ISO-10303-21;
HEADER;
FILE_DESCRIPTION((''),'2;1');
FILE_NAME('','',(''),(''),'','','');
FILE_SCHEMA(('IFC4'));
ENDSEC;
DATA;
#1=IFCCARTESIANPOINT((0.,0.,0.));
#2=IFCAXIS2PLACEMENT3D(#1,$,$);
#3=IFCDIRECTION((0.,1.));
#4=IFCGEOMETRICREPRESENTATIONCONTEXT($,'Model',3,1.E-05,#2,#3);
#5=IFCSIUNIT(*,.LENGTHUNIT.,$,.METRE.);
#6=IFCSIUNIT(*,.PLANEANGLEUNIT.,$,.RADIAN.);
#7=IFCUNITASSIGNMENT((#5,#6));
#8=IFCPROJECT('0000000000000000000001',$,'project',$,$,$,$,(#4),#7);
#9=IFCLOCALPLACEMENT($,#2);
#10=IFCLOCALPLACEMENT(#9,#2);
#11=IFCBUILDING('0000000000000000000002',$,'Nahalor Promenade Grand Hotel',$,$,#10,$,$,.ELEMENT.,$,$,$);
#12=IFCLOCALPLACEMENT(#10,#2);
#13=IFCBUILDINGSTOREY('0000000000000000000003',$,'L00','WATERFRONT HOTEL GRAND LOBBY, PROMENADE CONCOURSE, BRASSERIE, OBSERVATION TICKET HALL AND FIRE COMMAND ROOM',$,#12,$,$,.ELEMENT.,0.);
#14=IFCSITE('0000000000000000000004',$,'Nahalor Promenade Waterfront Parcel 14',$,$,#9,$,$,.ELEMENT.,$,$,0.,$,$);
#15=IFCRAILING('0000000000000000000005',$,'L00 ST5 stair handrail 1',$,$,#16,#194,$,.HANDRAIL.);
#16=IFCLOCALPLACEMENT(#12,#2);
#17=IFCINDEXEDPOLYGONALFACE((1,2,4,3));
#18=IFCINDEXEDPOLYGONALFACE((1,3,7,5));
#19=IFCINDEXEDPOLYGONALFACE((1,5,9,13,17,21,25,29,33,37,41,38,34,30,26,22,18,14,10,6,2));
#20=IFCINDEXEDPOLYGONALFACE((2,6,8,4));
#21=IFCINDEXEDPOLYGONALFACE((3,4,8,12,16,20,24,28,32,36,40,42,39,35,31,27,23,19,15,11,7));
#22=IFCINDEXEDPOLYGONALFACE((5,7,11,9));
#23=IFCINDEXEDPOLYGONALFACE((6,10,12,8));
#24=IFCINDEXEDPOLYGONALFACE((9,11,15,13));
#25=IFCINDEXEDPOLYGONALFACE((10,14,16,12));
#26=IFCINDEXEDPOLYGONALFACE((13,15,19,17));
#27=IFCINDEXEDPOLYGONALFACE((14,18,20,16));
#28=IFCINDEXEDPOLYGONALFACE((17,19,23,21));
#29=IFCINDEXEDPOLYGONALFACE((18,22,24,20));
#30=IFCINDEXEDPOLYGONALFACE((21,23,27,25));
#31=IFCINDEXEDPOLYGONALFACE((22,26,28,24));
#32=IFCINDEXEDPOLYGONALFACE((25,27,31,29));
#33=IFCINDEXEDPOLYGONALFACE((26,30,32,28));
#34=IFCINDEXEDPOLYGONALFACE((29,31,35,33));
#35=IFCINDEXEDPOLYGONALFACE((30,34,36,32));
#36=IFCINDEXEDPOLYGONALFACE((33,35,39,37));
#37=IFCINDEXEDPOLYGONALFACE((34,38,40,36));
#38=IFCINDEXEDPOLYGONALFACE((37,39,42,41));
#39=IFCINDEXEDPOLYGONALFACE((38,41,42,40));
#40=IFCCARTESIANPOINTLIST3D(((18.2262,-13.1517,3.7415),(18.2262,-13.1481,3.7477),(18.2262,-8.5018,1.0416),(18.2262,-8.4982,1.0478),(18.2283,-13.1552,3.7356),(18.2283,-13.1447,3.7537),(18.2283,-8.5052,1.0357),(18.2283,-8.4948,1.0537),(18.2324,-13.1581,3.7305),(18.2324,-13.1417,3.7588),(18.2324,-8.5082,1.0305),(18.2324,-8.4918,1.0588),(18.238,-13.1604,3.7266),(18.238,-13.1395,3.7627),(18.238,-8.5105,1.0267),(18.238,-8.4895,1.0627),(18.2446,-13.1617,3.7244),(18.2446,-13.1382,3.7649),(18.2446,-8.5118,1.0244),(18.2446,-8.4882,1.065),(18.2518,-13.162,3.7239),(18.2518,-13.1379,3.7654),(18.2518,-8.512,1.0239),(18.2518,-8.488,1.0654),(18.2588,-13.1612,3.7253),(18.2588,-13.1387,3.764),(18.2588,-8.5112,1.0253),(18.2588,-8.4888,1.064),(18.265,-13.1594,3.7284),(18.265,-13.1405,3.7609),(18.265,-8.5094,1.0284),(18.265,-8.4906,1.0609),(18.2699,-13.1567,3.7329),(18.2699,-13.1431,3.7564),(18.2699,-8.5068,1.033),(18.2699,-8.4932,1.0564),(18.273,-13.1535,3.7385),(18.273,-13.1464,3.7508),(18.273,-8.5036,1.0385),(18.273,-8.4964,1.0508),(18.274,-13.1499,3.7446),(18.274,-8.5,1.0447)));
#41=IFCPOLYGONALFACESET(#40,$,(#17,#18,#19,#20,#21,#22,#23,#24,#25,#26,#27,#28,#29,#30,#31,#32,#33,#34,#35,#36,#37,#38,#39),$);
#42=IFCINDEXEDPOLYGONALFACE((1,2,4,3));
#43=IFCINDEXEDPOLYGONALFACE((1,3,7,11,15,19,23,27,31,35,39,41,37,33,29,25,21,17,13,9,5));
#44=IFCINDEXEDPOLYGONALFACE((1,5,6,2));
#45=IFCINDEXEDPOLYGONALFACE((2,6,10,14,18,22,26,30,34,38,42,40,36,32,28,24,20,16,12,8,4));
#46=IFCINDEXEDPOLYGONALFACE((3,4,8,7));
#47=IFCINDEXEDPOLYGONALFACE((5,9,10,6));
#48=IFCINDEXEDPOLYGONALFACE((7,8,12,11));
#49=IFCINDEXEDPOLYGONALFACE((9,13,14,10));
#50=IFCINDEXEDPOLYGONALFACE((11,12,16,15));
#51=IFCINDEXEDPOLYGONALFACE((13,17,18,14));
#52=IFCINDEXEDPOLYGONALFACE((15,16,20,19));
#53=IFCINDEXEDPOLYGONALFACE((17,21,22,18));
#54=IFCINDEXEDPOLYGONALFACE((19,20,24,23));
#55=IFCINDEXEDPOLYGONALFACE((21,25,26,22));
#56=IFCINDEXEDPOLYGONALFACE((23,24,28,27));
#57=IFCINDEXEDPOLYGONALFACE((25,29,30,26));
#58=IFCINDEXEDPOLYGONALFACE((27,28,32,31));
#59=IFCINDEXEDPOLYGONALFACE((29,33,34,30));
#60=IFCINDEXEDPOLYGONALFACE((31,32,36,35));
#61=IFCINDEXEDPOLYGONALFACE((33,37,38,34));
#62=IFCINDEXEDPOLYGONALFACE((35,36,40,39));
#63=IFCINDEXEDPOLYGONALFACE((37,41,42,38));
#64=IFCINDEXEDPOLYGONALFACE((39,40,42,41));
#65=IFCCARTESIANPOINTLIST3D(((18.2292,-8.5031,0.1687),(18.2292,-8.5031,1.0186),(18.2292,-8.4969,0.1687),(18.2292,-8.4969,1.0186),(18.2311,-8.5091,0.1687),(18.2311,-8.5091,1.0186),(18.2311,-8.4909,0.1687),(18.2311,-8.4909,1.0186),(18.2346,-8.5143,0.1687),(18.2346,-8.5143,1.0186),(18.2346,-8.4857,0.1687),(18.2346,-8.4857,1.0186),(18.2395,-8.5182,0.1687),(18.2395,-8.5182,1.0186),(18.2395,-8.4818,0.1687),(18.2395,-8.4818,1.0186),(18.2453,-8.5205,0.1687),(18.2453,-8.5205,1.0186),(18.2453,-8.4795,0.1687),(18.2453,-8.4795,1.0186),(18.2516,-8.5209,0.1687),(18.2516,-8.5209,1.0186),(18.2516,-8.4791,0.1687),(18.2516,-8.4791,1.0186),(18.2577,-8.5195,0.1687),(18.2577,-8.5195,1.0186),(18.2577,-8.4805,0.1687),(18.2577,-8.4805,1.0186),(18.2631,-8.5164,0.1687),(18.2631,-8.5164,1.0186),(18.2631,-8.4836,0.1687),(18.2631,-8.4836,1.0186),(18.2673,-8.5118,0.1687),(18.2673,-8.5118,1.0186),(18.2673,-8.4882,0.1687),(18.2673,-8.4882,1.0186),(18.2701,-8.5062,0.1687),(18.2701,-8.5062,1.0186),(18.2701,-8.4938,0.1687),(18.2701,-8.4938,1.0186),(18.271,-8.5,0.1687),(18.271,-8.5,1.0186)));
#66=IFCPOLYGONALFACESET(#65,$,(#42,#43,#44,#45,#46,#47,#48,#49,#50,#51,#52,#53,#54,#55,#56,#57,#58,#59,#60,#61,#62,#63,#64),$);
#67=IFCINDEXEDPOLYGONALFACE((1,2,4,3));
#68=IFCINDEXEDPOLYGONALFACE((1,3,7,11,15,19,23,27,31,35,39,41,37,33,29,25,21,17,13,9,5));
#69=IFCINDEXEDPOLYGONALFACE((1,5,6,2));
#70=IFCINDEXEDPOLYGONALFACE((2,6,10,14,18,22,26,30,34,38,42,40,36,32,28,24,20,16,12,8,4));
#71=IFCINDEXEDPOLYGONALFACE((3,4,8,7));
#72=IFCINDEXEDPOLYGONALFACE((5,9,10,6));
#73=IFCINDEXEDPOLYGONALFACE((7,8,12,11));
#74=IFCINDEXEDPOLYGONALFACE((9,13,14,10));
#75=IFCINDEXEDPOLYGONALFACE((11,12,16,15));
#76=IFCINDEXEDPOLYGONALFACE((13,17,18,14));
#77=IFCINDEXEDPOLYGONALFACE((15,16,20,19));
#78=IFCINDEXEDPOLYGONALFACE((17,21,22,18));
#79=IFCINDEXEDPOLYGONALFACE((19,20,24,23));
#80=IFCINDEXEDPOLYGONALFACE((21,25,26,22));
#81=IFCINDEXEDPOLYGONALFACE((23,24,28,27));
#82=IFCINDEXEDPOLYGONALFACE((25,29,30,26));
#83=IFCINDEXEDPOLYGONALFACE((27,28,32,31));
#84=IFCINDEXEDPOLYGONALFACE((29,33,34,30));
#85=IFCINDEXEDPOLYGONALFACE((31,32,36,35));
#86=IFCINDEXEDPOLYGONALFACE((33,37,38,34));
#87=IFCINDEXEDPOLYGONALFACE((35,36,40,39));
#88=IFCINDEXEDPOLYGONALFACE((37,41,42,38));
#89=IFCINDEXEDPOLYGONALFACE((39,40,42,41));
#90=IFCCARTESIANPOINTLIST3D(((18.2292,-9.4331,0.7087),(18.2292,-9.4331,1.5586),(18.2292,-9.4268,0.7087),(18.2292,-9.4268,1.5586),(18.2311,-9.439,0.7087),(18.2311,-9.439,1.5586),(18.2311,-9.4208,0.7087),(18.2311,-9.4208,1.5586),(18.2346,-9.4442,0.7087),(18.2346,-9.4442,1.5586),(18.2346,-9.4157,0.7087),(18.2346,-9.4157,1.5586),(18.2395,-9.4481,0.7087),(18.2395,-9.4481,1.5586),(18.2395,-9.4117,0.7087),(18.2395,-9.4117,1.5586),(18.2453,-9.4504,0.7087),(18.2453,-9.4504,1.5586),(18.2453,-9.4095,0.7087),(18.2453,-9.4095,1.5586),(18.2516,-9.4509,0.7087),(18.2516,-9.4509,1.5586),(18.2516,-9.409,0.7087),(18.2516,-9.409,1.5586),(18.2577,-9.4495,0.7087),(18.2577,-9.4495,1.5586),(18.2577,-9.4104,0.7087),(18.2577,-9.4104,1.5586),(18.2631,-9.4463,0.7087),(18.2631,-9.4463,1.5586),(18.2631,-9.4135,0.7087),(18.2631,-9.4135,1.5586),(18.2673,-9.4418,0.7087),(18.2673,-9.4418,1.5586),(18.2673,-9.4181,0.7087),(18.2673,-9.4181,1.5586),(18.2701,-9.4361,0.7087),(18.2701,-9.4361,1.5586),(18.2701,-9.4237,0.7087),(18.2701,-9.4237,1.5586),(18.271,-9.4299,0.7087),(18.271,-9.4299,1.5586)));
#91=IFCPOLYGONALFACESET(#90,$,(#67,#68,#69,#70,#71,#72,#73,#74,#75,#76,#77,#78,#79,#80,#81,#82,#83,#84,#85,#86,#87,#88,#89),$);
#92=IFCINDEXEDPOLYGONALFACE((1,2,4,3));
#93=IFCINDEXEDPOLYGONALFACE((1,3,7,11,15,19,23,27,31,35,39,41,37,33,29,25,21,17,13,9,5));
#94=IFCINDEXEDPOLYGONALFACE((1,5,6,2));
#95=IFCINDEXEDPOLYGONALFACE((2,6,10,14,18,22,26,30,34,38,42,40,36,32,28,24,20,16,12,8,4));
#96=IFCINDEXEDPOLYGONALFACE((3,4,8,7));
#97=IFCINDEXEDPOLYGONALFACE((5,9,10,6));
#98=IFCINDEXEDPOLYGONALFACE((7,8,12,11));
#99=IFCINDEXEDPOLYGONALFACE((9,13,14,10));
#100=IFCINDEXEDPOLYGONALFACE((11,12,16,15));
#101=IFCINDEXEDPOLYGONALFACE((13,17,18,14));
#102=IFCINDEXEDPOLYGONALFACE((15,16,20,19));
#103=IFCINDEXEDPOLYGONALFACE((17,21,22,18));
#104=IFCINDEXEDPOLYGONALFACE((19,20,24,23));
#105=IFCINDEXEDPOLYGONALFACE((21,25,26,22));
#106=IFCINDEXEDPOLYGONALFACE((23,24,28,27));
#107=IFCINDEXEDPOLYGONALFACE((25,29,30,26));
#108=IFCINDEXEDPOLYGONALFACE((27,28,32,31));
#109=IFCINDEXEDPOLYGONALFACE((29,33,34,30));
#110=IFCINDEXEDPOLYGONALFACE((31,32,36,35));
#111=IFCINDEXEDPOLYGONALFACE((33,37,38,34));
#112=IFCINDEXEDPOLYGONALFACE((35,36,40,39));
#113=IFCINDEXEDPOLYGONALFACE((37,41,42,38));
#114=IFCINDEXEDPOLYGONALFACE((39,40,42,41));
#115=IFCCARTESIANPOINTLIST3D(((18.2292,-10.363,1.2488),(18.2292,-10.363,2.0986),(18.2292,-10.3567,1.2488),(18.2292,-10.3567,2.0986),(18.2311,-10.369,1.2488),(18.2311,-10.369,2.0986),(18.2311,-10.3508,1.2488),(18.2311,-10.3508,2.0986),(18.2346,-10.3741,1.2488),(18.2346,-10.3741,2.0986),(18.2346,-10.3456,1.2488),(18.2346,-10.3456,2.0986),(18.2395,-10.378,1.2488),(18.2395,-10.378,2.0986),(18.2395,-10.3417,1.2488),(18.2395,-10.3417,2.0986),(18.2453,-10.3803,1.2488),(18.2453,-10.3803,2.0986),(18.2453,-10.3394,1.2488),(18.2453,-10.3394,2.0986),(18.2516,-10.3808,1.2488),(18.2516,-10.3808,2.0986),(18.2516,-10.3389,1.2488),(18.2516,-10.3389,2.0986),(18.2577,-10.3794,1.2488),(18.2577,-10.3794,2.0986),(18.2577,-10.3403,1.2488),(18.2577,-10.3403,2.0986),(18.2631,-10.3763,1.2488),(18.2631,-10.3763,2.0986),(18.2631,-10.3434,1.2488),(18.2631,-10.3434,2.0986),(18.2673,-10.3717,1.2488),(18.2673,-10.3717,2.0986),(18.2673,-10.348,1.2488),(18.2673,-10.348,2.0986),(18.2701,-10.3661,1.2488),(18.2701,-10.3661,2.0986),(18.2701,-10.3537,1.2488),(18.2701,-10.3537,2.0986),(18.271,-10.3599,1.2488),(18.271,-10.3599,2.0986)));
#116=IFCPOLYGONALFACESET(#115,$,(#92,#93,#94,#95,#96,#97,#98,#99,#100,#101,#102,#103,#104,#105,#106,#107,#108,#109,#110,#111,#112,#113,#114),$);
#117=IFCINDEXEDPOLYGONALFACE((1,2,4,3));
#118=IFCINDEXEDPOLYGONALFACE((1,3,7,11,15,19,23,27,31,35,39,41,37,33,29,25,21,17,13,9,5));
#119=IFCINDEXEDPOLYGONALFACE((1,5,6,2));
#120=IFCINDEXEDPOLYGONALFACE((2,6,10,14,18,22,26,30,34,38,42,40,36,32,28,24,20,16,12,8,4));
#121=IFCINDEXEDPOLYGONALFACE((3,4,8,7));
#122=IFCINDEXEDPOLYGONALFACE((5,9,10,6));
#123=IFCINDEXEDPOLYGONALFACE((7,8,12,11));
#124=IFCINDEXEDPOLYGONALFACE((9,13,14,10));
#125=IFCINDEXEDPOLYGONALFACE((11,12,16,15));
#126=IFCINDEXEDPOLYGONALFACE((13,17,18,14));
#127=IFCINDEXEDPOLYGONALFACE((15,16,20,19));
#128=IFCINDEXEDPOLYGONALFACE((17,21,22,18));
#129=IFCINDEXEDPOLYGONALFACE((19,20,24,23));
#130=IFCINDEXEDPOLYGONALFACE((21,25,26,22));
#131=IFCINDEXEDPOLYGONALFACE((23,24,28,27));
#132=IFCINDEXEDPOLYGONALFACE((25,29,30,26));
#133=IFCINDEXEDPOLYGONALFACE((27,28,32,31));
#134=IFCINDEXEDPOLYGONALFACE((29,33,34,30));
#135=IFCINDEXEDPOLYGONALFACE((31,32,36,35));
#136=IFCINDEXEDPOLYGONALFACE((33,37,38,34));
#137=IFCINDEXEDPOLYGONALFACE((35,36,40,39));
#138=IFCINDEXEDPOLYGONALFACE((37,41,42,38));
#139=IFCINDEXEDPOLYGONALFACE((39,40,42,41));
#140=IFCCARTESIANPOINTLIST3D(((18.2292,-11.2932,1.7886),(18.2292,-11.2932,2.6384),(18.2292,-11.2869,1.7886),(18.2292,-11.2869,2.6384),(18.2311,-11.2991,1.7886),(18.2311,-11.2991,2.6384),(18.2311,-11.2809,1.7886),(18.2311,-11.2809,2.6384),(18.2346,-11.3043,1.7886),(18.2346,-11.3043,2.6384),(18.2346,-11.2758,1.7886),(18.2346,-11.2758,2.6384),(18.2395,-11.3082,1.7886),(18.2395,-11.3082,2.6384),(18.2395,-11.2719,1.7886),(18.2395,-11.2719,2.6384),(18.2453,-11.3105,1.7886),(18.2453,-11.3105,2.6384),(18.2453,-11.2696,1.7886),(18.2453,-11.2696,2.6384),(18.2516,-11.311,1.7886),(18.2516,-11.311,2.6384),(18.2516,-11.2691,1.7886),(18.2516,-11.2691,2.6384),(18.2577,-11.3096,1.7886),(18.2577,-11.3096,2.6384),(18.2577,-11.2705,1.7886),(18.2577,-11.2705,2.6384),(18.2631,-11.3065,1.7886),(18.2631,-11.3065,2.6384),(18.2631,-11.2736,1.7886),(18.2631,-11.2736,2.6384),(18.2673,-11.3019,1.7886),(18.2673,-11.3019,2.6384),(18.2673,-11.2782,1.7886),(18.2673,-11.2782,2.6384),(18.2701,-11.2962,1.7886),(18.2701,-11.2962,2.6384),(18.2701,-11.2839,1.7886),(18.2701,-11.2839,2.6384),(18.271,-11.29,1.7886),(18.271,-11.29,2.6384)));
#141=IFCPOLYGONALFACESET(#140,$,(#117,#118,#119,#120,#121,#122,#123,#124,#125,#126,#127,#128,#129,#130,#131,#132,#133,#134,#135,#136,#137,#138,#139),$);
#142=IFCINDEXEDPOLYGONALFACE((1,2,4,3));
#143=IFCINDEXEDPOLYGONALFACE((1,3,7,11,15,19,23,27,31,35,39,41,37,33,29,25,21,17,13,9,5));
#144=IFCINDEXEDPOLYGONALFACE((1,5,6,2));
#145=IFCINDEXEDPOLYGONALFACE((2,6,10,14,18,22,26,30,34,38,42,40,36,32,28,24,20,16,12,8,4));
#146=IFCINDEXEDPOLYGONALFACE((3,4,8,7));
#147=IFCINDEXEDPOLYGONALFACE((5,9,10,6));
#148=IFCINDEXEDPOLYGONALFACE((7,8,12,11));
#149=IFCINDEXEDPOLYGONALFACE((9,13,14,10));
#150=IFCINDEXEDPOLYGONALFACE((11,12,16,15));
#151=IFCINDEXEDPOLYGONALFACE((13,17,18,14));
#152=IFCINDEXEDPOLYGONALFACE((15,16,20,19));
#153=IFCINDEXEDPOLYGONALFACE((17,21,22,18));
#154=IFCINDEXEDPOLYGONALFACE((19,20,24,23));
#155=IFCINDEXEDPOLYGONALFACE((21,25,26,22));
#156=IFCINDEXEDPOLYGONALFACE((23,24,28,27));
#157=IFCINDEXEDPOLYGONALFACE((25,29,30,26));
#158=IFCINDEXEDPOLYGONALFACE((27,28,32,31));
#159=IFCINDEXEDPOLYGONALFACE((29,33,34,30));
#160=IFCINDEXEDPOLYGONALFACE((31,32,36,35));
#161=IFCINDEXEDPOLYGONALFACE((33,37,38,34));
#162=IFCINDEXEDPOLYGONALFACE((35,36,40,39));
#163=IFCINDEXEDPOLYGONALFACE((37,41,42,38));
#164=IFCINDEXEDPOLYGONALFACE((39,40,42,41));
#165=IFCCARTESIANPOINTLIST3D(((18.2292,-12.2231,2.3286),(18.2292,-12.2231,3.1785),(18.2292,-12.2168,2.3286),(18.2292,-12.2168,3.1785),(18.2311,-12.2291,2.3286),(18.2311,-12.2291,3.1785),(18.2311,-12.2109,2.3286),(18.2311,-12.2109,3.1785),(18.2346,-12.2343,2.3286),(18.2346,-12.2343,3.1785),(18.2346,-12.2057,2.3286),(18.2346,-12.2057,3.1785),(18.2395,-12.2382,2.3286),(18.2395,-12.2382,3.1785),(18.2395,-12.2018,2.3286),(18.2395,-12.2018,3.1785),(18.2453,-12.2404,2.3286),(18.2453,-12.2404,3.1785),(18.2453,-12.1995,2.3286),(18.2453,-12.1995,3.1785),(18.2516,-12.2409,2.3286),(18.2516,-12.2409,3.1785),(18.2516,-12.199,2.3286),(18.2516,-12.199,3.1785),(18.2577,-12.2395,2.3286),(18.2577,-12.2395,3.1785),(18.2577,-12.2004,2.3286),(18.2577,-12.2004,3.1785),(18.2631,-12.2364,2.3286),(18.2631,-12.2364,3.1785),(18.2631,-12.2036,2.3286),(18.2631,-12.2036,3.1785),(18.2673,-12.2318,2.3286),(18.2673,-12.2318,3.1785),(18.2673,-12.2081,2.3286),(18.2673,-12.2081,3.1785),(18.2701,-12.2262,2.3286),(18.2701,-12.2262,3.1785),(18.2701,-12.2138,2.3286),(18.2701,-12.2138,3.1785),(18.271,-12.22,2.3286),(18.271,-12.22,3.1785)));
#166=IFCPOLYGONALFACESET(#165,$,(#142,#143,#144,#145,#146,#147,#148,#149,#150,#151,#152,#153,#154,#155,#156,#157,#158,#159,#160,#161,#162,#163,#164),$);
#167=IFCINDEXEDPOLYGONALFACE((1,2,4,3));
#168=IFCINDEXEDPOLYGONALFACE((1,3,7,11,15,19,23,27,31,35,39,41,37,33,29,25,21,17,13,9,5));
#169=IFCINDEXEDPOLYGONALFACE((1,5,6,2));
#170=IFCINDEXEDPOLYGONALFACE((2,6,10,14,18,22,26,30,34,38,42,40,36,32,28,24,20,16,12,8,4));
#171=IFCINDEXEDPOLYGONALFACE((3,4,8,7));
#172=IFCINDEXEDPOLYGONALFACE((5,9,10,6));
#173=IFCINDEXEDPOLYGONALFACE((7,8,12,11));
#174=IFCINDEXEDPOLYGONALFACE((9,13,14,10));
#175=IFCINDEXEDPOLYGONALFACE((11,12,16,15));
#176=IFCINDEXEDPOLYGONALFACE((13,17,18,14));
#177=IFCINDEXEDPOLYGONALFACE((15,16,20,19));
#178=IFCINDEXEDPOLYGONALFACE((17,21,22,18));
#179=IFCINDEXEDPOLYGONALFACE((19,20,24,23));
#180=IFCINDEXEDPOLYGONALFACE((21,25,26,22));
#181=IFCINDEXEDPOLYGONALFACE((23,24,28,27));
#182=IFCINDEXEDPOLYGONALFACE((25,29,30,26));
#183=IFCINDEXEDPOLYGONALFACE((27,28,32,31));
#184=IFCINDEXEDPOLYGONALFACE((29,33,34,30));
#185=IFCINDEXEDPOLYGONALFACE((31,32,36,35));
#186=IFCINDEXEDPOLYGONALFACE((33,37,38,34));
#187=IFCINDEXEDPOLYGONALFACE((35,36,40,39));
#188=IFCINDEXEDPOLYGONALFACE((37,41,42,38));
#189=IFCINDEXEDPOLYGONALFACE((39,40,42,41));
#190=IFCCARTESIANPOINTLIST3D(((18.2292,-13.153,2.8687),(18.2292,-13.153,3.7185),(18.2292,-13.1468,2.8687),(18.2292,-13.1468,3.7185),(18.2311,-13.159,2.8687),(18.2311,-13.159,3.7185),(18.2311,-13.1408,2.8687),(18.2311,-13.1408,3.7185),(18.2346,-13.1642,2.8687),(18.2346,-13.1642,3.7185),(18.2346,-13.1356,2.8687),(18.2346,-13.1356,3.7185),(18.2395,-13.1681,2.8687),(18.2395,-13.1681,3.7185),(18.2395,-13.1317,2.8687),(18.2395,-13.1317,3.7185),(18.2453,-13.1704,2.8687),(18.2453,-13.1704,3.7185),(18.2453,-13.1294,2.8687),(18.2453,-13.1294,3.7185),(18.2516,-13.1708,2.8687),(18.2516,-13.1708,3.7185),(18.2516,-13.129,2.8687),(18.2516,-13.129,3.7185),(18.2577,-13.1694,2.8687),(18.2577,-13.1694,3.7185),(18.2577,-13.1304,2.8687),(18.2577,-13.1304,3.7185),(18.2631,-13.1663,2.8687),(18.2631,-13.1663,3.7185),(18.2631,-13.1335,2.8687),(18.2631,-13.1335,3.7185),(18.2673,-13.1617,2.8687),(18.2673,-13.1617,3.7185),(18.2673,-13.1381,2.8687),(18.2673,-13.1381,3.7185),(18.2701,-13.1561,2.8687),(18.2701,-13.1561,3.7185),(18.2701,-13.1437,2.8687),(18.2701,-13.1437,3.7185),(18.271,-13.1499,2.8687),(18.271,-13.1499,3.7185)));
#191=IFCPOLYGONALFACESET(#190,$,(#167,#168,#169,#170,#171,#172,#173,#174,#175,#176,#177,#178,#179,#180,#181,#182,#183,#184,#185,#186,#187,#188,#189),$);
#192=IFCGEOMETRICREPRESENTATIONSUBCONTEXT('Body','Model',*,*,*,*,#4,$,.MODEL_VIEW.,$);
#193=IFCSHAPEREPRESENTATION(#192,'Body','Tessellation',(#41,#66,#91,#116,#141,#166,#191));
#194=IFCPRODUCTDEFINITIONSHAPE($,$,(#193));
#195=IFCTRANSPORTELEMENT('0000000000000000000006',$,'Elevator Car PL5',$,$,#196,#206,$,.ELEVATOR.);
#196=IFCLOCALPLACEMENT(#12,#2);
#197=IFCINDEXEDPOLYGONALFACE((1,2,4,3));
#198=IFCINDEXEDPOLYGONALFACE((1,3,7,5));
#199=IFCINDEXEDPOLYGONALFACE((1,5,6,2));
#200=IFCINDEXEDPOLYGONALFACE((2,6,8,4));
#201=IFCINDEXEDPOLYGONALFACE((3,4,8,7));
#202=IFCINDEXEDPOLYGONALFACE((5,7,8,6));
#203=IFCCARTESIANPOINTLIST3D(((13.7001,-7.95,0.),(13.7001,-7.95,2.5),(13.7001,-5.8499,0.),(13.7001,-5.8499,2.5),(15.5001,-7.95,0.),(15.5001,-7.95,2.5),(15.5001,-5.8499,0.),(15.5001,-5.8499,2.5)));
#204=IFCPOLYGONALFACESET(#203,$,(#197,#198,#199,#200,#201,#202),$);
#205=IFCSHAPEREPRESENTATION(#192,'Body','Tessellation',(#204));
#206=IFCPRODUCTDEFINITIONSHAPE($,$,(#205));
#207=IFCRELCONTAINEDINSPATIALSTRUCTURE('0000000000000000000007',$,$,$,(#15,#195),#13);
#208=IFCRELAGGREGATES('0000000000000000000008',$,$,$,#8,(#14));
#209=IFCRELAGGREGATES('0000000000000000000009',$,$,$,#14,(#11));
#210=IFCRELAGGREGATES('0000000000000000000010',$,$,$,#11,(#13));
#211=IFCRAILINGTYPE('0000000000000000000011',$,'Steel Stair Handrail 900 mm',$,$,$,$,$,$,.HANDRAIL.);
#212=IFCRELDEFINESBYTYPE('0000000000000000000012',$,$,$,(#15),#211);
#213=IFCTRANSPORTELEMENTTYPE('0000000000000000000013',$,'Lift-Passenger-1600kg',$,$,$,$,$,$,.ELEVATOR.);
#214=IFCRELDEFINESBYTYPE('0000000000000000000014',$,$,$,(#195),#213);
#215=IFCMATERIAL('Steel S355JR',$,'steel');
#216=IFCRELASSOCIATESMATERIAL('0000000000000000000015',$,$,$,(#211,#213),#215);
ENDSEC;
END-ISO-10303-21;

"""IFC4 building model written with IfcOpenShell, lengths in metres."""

from ifc_helpers import new_model, si_unit, direction, frame, origin, origin_2d, place, context, subcontext, project, spatial, rectangle, circle, extrude, source, transform, mapped, material, type_object, element, save


model = new_model("IFC4")

# Units and contexts
model_context = context("Model", 3, precision=1e-05, world=origin(), true_north=direction((0.0, 1.0)))
body_context = subcontext(model_context, "Body", "Model", "MODEL_VIEW")
ifc_project = project(units=[si_unit("LENGTHUNIT", "METRE"), si_unit("PLANEANGLEUNIT", "RADIAN")], contexts=[model_context])

# Site, building, storey
site_placement = place(None, origin())
site = spatial("IfcSite", under=ifc_project, at=site_placement, Name="Nahalor Promenade Waterfront Parcel 14", CompositionType="ELEMENT", RefElevation=0.0)
building_placement = place(site_placement, origin())
building = spatial("IfcBuilding", under=site, at=building_placement, Name="Nahalor Promenade Grand Hotel", CompositionType="ELEMENT")
storey_placement = place(building_placement, origin())
storey = spatial("IfcBuildingStorey", under=building, at=storey_placement, Name="L00", Description="WATERFRONT HOTEL GRAND LOBBY, PROMENADE CONCOURSE, BRASSERIE, OBSERVATION TICKET HALL AND FIRE COMMAND ROOM", CompositionType="ELEMENT", Elevation=0.0)

# Shared definitions
ifc_material_1 = material(Name="Steel S355JR", Category="steel")

# Railing
railing_type = type_object("IfcRailingType", Name="Steel Stair Handrail 900 mm", PredefinedType="HANDRAIL", material=ifc_material_1)
railing_placement = place(storey_placement, frame((18.25, -8.5, 0.1687)))
element("IfcRailing", 1, at=railing_placement, inside=storey, type_object=railing_type, Name="L00 ST5 stair handrail 1", PredefinedType="HANDRAIL", context=body_context, shape_type="SweptSolid", body=[
    extrude(circle(Radius=0.024, at=origin_2d()), frame((0.0, 0.0, 0.876), z_axis=(0.0, -0.864788, 0.502137), x_axis=(1.0, 0.0, 0.0)), (0.0, 0.0, 1.0), 5.377),
    extrude(circle(Radius=0.021, at=origin_2d()), origin(), (0.0, 0.0, 1.0), 0.8499),
    extrude(circle(Radius=0.021, at=origin_2d()), frame((0.0, -0.9299, 0.54)), (0.0, 0.0, 1.0), 0.8499),
    extrude(circle(Radius=0.021, at=origin_2d()), frame((0.0, -1.8599, 1.0801)), (0.0, 0.0, 1.0), 0.8499),
    extrude(circle(Radius=0.021, at=origin_2d()), frame((0.0, -2.79, 1.6199)), (0.0, 0.0, 1.0), 0.8499),
    extrude(circle(Radius=0.021, at=origin_2d()), frame((0.0, -3.72, 2.1599)), (0.0, 0.0, 1.0), 0.8499),
    extrude(circle(Radius=0.021, at=origin_2d()), frame((0.0, -4.6499, 2.7)), (0.0, 0.0, 1.0), 0.8499),
])

# Transport element
transport_element_type = type_object("IfcTransportElementType", Name="Lift-Passenger-1600kg", PredefinedType="ELEVATOR", material=ifc_material_1)
shared_shape_1 = source(origin(), body_context, "Body", "SweptSolid", [
    extrude(rectangle(XDim=1.8, YDim=2.1001, at=origin_2d()), origin(), (0.0, 0.0, 1.0), 2.5),
])
for number, where, z_axis, x_axis, name in (
    (2, (14.6001, -6.8999, 0.0), (0.0, 0.0, 1.0), (1.0, 0.0, 0.0), "Elevator Car PL5"),
):
    element("IfcTransportElement", number, at=place(storey_placement, frame(where, z_axis=z_axis, x_axis=x_axis)), inside=storey, type_object=transport_element_type, Name=name, PredefinedType="ELEVATOR", context=body_context, shape_type="MappedRepresentation", body=[
        mapped(shared_shape_1, transform((0.0, 0.0, 0.0), scale=1.0)),
    ])

save(model, "model.ifc")
